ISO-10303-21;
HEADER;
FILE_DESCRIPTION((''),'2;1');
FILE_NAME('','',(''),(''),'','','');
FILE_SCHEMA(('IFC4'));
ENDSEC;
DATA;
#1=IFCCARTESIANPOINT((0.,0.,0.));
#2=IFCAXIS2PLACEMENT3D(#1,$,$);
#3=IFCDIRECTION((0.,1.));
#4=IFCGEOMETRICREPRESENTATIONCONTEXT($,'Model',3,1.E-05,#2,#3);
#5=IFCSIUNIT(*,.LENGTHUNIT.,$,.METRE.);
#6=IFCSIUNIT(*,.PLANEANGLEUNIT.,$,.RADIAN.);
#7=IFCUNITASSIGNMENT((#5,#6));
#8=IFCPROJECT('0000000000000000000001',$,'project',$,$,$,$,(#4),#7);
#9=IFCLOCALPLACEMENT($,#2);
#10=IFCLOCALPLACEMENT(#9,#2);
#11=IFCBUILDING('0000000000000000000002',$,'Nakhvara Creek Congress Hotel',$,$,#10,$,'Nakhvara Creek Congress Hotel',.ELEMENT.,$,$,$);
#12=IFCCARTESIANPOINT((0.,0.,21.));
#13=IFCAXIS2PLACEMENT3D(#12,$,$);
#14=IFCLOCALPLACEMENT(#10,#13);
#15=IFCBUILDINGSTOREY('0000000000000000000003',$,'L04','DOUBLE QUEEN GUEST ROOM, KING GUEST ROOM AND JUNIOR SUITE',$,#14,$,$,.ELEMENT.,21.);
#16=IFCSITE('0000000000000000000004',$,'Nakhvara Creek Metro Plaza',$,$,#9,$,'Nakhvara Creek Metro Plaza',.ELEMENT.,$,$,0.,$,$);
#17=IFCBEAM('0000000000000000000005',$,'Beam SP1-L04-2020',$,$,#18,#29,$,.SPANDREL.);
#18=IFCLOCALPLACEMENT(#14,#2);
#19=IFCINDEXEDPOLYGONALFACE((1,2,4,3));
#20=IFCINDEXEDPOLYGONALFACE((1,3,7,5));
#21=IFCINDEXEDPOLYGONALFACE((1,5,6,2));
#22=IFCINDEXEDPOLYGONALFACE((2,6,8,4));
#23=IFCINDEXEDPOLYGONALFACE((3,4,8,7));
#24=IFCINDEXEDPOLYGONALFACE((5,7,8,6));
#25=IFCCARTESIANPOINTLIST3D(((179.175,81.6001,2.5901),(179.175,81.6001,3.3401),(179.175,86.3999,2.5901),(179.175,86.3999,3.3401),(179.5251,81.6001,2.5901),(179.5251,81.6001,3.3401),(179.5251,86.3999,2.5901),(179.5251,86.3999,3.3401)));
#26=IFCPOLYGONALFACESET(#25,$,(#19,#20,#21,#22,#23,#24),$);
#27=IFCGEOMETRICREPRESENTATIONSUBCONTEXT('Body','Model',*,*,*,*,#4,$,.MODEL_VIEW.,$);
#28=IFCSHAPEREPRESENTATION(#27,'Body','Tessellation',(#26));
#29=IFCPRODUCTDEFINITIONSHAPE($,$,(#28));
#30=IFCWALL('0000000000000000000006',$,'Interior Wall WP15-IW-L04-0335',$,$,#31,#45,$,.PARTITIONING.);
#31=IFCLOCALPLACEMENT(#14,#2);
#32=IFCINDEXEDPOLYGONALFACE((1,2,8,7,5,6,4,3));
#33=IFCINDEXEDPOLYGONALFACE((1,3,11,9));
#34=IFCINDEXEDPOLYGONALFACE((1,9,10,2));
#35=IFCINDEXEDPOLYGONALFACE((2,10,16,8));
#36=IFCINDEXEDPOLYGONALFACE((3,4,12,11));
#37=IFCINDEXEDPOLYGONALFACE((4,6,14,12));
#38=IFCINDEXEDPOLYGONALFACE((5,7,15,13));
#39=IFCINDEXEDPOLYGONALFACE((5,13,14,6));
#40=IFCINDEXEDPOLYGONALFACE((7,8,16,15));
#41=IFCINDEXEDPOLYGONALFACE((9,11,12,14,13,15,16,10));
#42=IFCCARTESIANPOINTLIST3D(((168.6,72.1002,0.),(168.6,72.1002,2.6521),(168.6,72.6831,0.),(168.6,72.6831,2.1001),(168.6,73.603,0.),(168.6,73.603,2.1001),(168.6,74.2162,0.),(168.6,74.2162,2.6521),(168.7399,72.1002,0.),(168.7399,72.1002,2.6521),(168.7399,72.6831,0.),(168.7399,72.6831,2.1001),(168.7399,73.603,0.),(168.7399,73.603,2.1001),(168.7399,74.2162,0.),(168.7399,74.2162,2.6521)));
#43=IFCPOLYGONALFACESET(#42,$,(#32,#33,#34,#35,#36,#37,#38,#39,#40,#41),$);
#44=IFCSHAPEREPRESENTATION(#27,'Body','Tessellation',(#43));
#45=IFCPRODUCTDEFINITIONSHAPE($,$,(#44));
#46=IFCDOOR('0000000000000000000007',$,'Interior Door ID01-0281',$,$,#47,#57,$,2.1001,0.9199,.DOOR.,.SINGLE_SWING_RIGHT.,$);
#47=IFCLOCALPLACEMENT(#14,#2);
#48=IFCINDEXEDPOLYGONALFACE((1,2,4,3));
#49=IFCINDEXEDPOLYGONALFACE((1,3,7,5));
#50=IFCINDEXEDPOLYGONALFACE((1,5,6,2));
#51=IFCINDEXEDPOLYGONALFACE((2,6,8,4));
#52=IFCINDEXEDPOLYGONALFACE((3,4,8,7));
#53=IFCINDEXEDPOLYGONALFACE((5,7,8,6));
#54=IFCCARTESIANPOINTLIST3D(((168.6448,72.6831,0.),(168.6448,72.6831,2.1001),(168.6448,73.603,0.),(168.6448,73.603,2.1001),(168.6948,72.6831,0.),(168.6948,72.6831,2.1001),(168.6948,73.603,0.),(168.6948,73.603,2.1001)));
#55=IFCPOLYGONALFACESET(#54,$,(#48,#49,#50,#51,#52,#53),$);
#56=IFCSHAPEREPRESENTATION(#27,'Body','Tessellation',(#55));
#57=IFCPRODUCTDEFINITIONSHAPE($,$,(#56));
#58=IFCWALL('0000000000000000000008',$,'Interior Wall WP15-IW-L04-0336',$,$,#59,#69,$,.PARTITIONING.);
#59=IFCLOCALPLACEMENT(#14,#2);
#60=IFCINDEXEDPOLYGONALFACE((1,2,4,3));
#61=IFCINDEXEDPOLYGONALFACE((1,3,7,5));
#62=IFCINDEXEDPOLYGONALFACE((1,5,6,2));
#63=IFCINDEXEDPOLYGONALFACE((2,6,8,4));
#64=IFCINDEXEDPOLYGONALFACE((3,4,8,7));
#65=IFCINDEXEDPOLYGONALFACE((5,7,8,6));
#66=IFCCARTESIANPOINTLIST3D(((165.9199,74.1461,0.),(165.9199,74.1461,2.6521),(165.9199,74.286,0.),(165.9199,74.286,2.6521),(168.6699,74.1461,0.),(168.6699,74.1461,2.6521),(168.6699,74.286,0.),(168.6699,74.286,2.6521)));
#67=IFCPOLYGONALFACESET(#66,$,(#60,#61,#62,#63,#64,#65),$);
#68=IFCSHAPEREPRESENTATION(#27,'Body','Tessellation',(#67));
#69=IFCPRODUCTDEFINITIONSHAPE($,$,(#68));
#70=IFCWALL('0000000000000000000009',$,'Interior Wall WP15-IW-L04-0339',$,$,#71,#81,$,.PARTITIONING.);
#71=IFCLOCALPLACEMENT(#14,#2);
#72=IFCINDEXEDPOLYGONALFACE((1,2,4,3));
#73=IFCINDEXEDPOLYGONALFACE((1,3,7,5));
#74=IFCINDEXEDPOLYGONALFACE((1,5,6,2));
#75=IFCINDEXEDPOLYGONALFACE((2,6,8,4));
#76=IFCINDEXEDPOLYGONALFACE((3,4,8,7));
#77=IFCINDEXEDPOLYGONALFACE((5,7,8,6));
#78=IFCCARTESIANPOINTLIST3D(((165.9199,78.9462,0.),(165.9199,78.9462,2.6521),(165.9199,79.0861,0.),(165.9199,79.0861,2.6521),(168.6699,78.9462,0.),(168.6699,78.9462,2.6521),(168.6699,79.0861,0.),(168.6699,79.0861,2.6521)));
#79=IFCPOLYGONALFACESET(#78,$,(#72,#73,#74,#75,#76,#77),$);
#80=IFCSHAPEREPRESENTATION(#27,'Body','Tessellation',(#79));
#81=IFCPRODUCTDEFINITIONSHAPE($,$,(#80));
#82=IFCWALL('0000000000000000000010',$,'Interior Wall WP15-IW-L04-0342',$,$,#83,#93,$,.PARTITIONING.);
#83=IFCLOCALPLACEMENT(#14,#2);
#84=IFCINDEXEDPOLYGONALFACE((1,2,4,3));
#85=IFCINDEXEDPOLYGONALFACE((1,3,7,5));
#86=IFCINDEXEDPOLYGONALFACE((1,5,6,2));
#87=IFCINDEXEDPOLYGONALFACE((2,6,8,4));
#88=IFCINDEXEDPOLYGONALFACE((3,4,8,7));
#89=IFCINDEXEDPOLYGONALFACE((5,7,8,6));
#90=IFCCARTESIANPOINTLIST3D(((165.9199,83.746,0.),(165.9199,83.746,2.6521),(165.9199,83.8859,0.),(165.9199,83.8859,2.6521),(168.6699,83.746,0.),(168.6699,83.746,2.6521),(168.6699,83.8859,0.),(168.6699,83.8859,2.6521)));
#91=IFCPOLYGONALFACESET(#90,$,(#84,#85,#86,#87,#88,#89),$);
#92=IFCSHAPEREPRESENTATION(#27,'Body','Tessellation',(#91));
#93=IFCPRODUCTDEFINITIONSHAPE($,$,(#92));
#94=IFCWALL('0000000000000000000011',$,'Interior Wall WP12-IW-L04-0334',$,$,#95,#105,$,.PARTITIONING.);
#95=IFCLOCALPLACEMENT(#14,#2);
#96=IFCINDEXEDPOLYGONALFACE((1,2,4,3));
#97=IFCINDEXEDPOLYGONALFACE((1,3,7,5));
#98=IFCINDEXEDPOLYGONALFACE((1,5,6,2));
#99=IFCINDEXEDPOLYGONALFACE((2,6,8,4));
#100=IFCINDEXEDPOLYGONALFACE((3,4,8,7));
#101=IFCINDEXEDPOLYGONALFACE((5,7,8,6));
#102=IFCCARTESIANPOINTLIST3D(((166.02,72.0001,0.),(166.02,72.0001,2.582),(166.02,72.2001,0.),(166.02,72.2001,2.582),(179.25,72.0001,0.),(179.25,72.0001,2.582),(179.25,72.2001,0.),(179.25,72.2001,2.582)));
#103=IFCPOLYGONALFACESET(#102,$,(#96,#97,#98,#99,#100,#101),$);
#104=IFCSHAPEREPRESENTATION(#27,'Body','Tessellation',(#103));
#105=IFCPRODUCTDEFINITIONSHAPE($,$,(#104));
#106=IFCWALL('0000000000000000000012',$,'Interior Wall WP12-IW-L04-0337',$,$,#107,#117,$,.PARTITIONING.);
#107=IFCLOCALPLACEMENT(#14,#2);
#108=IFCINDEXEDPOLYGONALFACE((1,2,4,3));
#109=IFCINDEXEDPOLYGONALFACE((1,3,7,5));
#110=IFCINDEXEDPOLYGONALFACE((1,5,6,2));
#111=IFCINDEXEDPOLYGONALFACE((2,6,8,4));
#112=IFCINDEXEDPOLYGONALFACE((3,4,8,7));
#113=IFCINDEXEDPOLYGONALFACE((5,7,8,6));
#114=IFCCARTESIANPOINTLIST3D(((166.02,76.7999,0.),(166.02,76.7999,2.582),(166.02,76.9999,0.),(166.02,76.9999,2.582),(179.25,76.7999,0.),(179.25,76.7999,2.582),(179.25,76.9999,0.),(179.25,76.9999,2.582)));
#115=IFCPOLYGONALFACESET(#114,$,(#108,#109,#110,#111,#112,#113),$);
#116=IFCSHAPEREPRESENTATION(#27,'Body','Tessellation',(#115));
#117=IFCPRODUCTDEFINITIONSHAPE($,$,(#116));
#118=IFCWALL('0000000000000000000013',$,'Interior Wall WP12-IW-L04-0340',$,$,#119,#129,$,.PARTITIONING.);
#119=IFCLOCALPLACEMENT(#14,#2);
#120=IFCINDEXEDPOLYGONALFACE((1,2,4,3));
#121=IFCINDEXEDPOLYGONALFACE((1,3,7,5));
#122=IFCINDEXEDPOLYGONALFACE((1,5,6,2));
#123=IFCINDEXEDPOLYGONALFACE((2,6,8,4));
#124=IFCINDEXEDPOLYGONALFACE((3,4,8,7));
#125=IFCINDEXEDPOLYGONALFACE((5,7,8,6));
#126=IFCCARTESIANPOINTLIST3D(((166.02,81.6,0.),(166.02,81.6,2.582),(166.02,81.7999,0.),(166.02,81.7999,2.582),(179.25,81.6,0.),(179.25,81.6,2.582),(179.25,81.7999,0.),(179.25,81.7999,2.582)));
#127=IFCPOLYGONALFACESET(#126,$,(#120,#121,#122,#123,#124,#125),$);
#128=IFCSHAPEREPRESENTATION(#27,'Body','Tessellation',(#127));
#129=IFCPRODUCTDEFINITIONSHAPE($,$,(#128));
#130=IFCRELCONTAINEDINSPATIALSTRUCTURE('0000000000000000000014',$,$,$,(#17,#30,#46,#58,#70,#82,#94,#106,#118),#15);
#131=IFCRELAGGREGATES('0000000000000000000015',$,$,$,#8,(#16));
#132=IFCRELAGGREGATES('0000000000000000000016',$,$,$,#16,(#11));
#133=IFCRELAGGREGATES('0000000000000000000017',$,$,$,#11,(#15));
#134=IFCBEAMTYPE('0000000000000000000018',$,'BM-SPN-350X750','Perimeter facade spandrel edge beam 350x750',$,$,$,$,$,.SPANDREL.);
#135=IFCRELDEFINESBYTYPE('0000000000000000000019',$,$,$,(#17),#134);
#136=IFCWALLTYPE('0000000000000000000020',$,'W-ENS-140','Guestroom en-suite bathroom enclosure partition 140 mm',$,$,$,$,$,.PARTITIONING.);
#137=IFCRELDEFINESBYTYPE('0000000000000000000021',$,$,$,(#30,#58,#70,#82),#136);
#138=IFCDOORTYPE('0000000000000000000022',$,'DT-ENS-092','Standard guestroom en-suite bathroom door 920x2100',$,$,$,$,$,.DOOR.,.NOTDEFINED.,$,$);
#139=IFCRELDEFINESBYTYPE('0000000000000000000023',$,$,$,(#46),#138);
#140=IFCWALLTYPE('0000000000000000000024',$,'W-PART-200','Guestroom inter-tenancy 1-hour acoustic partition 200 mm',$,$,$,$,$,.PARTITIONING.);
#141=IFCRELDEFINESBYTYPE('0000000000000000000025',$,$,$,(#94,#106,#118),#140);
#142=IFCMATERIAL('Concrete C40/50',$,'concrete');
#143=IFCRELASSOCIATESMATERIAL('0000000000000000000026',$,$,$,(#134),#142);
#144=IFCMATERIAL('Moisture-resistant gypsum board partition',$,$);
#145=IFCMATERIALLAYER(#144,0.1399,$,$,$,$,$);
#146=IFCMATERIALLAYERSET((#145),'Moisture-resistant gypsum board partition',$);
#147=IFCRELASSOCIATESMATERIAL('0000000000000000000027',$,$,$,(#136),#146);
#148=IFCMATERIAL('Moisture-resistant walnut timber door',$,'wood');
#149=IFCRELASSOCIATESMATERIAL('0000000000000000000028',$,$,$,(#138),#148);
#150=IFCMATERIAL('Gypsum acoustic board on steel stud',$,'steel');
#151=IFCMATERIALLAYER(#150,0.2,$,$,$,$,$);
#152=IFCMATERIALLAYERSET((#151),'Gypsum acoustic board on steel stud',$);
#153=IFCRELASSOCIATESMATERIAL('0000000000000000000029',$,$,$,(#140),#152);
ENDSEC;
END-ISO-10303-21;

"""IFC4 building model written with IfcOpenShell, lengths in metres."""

from ifc_helpers import new_model, si_unit, direction, frame, frame_2d, origin, origin_2d, place, context, subcontext, project, spatial, rectangle, extrude, material, layer, layer_set, material_profile, profile_set, type_object, element, fill, save


model = new_model("IFC4")

# Units and contexts
model_context = context("Model", 3, precision=1e-05, world=origin(), true_north=direction((0.0, 1.0)))
body_context = subcontext(model_context, "Body", "Model", "MODEL_VIEW")
ifc_project = project(units=[si_unit("LENGTHUNIT", "METRE"), si_unit("PLANEANGLEUNIT", "RADIAN")], contexts=[model_context])

# Site, building, storey
site_placement = place(None, origin())
site = spatial("IfcSite", under=ifc_project, at=site_placement, Name="Nakhvara Creek Metro Plaza", LongName="Nakhvara Creek Metro Plaza", CompositionType="ELEMENT", RefElevation=0.0)
building_placement = place(site_placement, origin())
building = spatial("IfcBuilding", under=site, at=building_placement, Name="Nakhvara Creek Congress Hotel", LongName="Nakhvara Creek Congress Hotel", CompositionType="ELEMENT")
storey_placement = place(building_placement, frame((0.0, 0.0, 21.0)))
storey = spatial("IfcBuildingStorey", under=building, at=storey_placement, Name="L04", Description="DOUBLE QUEEN GUEST ROOM, KING GUEST ROOM AND JUNIOR SUITE", CompositionType="ELEMENT", Elevation=21.0)

# Beam
ifc_material_1 = material(Name="Concrete C40/50", Category="concrete")
ifc_material_profile_1 = material_profile(ifc_material_1, rectangle(XDim=0.3501, YDim=0.75, at=origin_2d()), Name="RC-SPANDREL 350x750", Category="LoadBearing")
ifc_profile_set_1 = profile_set([ifc_material_profile_1], Name="Concrete C40/50")
beam_type_1 = type_object("IfcBeamType", Name="BM-SPN-350X750", Description="Perimeter facade spandrel edge beam 350x750", PredefinedType="SPANDREL", material=ifc_profile_set_1)
beam_1_placement = place(storey_placement, frame((179.3501, 81.6001, 2.9651), z_axis=(0.0, 1.0, 0.0), x_axis=(-1.0, 0.0, 0.0)))
element("IfcBeam", 1, at=beam_1_placement, inside=storey, type_object=beam_type_1, Name="Beam SP1-L04-2020", PredefinedType="SPANDREL", context=body_context, shape_type="SweptSolid", body=[
    extrude(rectangle(XDim=0.3501, YDim=0.75, at=origin_2d()), origin(), (0.0, 0.0, 1.0), 4.7998),
])

# Wall, opening, door
ifc_material_2 = material(Name="Moisture-resistant gypsum board partition")
ifc_layer_1 = layer(ifc_material_2, 0.1399)
ifc_layer_set_1 = layer_set([ifc_layer_1], Name="Moisture-resistant gypsum board partition")
wall_type_1 = type_object("IfcWallType", Name="W-ENS-140", Description="Guestroom en-suite bathroom enclosure partition 140 mm", PredefinedType="PARTITIONING", material=ifc_layer_set_1)
wall_1_placement = place(storey_placement, frame((168.6699, 72.1001, 0.0), z_axis=(0.0, 0.0, 1.0), x_axis=(0.0, 1.0, 0.0)))
wall_1 = element("IfcWall", 2, at=wall_1_placement, inside=storey, type_object=wall_type_1, Name="Interior Wall WP15-IW-L04-0335", PredefinedType="PARTITIONING", context=body_context, shape_type="SweptSolid", body=[
    extrude(rectangle(XDim=2.116, YDim=0.1399, at=frame_2d((1.0581, 0.0))), origin(), (0.0, 0.0, 1.0), 2.6521),
])
opening_1_placement = place(wall_1_placement, frame((0.583, 0.0, 0.0)))
opening_1 = element("IfcOpeningElement", 3, at=opening_1_placement, cuts=wall_1, PredefinedType="OPENING", context=body_context, shape_type="SweptSolid", body=[
    extrude(rectangle(XDim=0.9199, YDim=2.1001, at=frame_2d((0.46, 1.05))), frame((0.0, 0.082, 0.0), z_axis=(0.0, -1.0, 0.0), x_axis=(1.0, 0.0, 0.0)), (0.0, 0.0, 1.0), 0.1638),
])
ifc_material_3 = material(Name="Moisture-resistant walnut timber door", Category="wood")
door_type_1 = type_object("IfcDoorType", Name="DT-ENS-092", Description="Standard guestroom en-suite bathroom door 920x2100", OperationType="NOTDEFINED", PredefinedType="DOOR", material=ifc_material_3)
door_1_placement = place(opening_1_placement, frame((0.9199, 0.0, 0.0), z_axis=(0.0, 0.0, 1.0), x_axis=(-1.0, 0.0, 0.0)))
door_1 = element("IfcDoor", 4, at=door_1_placement, inside=storey, type_object=door_type_1, Name="Interior Door ID01-0281", OperationType="SINGLE_SWING_RIGHT", OverallHeight=2.1001, OverallWidth=0.9199, PredefinedType="DOOR", context=body_context, shape_type="SweptSolid", body=[
    extrude(rectangle(XDim=0.9199, YDim=2.1001, at=frame_2d((0.46, 1.05))), frame((0.0, 0.0249, 0.0), z_axis=(0.0, -1.0, 0.0), x_axis=(1.0, 0.0, 0.0)), (0.0, 0.0, 1.0), 0.05),
])
fill(opening_1, door_1)

# Wall
wall_2_placement = place(storey_placement, frame((165.9199, 74.2161, 0.0), z_axis=(0.0, 0.0, 1.0), x_axis=(1.0, 0.0, 0.0)))
element("IfcWall", 5, at=wall_2_placement, inside=storey, type_object=wall_type_1, Name="Interior Wall WP15-IW-L04-0336", PredefinedType="PARTITIONING", context=body_context, shape_type="SweptSolid", body=[
    extrude(rectangle(XDim=2.75, YDim=0.1399, at=frame_2d((1.375, 0.0))), origin(), (0.0, 0.0, 1.0), 2.6521),
])

# Wall
wall_3_placement = place(storey_placement, frame((165.9199, 79.0161, 0.0), z_axis=(0.0, 0.0, 1.0), x_axis=(1.0, 0.0, 0.0)))
element("IfcWall", 6, at=wall_3_placement, inside=storey, type_object=wall_type_1, Name="Interior Wall WP15-IW-L04-0339", PredefinedType="PARTITIONING", context=body_context, shape_type="SweptSolid", body=[
    extrude(rectangle(XDim=2.75, YDim=0.1399, at=frame_2d((1.375, 0.0))), origin(), (0.0, 0.0, 1.0), 2.6521),
])

# Walls
wall_4_placement = place(storey_placement, frame((165.9199, 83.8159, 0.0), z_axis=(0.0, 0.0, 1.0), x_axis=(1.0, 0.0, 0.0)))
element("IfcWall", 7, at=wall_4_placement, inside=storey, type_object=wall_type_1, Name="Interior Wall WP15-IW-L04-0342", PredefinedType="PARTITIONING", context=body_context, shape_type="SweptSolid", body=[
    extrude(rectangle(XDim=2.75, YDim=0.1399, at=frame_2d((1.375, 0.0))), origin(), (0.0, 0.0, 1.0), 2.6521),
])
ifc_material_4 = material(Name="Gypsum acoustic board on steel stud", Category="steel")
ifc_layer_2 = layer(ifc_material_4, 0.2)
ifc_layer_set_2 = layer_set([ifc_layer_2], Name="Gypsum acoustic board on steel stud")
wall_type_2 = type_object("IfcWallType", Name="W-PART-200", Description="Guestroom inter-tenancy 1-hour acoustic partition 200 mm", PredefinedType="PARTITIONING", material=ifc_layer_set_2)
for number, where, z_axis, x_axis, name in (
    (8, (166.02, 72.1001, 0.0), (0.0, 0.0, 1.0), (1.0, 0.0, 0.0), "Interior Wall WP12-IW-L04-0334"),
    (9, (166.02, 76.8999, 0.0), (0.0, 0.0, 1.0), (1.0, 0.0, 0.0), "Interior Wall WP12-IW-L04-0337"),
    (10, (166.02, 81.7, 0.0), (0.0, 0.0, 1.0), (1.0, 0.0, 0.0), "Interior Wall WP12-IW-L04-0340"),
):
    element("IfcWall", number, at=place(storey_placement, frame(where, z_axis=z_axis, x_axis=x_axis)), inside=storey, type_object=wall_type_2, Name=name, PredefinedType="PARTITIONING", context=body_context, shape_type="SweptSolid", body=[
        extrude(rectangle(XDim=13.23, YDim=0.2, at=frame_2d((6.615, 0.0))), origin(), (0.0, 0.0, 1.0), 2.582),
    ])

save(model, "model.ifc")
